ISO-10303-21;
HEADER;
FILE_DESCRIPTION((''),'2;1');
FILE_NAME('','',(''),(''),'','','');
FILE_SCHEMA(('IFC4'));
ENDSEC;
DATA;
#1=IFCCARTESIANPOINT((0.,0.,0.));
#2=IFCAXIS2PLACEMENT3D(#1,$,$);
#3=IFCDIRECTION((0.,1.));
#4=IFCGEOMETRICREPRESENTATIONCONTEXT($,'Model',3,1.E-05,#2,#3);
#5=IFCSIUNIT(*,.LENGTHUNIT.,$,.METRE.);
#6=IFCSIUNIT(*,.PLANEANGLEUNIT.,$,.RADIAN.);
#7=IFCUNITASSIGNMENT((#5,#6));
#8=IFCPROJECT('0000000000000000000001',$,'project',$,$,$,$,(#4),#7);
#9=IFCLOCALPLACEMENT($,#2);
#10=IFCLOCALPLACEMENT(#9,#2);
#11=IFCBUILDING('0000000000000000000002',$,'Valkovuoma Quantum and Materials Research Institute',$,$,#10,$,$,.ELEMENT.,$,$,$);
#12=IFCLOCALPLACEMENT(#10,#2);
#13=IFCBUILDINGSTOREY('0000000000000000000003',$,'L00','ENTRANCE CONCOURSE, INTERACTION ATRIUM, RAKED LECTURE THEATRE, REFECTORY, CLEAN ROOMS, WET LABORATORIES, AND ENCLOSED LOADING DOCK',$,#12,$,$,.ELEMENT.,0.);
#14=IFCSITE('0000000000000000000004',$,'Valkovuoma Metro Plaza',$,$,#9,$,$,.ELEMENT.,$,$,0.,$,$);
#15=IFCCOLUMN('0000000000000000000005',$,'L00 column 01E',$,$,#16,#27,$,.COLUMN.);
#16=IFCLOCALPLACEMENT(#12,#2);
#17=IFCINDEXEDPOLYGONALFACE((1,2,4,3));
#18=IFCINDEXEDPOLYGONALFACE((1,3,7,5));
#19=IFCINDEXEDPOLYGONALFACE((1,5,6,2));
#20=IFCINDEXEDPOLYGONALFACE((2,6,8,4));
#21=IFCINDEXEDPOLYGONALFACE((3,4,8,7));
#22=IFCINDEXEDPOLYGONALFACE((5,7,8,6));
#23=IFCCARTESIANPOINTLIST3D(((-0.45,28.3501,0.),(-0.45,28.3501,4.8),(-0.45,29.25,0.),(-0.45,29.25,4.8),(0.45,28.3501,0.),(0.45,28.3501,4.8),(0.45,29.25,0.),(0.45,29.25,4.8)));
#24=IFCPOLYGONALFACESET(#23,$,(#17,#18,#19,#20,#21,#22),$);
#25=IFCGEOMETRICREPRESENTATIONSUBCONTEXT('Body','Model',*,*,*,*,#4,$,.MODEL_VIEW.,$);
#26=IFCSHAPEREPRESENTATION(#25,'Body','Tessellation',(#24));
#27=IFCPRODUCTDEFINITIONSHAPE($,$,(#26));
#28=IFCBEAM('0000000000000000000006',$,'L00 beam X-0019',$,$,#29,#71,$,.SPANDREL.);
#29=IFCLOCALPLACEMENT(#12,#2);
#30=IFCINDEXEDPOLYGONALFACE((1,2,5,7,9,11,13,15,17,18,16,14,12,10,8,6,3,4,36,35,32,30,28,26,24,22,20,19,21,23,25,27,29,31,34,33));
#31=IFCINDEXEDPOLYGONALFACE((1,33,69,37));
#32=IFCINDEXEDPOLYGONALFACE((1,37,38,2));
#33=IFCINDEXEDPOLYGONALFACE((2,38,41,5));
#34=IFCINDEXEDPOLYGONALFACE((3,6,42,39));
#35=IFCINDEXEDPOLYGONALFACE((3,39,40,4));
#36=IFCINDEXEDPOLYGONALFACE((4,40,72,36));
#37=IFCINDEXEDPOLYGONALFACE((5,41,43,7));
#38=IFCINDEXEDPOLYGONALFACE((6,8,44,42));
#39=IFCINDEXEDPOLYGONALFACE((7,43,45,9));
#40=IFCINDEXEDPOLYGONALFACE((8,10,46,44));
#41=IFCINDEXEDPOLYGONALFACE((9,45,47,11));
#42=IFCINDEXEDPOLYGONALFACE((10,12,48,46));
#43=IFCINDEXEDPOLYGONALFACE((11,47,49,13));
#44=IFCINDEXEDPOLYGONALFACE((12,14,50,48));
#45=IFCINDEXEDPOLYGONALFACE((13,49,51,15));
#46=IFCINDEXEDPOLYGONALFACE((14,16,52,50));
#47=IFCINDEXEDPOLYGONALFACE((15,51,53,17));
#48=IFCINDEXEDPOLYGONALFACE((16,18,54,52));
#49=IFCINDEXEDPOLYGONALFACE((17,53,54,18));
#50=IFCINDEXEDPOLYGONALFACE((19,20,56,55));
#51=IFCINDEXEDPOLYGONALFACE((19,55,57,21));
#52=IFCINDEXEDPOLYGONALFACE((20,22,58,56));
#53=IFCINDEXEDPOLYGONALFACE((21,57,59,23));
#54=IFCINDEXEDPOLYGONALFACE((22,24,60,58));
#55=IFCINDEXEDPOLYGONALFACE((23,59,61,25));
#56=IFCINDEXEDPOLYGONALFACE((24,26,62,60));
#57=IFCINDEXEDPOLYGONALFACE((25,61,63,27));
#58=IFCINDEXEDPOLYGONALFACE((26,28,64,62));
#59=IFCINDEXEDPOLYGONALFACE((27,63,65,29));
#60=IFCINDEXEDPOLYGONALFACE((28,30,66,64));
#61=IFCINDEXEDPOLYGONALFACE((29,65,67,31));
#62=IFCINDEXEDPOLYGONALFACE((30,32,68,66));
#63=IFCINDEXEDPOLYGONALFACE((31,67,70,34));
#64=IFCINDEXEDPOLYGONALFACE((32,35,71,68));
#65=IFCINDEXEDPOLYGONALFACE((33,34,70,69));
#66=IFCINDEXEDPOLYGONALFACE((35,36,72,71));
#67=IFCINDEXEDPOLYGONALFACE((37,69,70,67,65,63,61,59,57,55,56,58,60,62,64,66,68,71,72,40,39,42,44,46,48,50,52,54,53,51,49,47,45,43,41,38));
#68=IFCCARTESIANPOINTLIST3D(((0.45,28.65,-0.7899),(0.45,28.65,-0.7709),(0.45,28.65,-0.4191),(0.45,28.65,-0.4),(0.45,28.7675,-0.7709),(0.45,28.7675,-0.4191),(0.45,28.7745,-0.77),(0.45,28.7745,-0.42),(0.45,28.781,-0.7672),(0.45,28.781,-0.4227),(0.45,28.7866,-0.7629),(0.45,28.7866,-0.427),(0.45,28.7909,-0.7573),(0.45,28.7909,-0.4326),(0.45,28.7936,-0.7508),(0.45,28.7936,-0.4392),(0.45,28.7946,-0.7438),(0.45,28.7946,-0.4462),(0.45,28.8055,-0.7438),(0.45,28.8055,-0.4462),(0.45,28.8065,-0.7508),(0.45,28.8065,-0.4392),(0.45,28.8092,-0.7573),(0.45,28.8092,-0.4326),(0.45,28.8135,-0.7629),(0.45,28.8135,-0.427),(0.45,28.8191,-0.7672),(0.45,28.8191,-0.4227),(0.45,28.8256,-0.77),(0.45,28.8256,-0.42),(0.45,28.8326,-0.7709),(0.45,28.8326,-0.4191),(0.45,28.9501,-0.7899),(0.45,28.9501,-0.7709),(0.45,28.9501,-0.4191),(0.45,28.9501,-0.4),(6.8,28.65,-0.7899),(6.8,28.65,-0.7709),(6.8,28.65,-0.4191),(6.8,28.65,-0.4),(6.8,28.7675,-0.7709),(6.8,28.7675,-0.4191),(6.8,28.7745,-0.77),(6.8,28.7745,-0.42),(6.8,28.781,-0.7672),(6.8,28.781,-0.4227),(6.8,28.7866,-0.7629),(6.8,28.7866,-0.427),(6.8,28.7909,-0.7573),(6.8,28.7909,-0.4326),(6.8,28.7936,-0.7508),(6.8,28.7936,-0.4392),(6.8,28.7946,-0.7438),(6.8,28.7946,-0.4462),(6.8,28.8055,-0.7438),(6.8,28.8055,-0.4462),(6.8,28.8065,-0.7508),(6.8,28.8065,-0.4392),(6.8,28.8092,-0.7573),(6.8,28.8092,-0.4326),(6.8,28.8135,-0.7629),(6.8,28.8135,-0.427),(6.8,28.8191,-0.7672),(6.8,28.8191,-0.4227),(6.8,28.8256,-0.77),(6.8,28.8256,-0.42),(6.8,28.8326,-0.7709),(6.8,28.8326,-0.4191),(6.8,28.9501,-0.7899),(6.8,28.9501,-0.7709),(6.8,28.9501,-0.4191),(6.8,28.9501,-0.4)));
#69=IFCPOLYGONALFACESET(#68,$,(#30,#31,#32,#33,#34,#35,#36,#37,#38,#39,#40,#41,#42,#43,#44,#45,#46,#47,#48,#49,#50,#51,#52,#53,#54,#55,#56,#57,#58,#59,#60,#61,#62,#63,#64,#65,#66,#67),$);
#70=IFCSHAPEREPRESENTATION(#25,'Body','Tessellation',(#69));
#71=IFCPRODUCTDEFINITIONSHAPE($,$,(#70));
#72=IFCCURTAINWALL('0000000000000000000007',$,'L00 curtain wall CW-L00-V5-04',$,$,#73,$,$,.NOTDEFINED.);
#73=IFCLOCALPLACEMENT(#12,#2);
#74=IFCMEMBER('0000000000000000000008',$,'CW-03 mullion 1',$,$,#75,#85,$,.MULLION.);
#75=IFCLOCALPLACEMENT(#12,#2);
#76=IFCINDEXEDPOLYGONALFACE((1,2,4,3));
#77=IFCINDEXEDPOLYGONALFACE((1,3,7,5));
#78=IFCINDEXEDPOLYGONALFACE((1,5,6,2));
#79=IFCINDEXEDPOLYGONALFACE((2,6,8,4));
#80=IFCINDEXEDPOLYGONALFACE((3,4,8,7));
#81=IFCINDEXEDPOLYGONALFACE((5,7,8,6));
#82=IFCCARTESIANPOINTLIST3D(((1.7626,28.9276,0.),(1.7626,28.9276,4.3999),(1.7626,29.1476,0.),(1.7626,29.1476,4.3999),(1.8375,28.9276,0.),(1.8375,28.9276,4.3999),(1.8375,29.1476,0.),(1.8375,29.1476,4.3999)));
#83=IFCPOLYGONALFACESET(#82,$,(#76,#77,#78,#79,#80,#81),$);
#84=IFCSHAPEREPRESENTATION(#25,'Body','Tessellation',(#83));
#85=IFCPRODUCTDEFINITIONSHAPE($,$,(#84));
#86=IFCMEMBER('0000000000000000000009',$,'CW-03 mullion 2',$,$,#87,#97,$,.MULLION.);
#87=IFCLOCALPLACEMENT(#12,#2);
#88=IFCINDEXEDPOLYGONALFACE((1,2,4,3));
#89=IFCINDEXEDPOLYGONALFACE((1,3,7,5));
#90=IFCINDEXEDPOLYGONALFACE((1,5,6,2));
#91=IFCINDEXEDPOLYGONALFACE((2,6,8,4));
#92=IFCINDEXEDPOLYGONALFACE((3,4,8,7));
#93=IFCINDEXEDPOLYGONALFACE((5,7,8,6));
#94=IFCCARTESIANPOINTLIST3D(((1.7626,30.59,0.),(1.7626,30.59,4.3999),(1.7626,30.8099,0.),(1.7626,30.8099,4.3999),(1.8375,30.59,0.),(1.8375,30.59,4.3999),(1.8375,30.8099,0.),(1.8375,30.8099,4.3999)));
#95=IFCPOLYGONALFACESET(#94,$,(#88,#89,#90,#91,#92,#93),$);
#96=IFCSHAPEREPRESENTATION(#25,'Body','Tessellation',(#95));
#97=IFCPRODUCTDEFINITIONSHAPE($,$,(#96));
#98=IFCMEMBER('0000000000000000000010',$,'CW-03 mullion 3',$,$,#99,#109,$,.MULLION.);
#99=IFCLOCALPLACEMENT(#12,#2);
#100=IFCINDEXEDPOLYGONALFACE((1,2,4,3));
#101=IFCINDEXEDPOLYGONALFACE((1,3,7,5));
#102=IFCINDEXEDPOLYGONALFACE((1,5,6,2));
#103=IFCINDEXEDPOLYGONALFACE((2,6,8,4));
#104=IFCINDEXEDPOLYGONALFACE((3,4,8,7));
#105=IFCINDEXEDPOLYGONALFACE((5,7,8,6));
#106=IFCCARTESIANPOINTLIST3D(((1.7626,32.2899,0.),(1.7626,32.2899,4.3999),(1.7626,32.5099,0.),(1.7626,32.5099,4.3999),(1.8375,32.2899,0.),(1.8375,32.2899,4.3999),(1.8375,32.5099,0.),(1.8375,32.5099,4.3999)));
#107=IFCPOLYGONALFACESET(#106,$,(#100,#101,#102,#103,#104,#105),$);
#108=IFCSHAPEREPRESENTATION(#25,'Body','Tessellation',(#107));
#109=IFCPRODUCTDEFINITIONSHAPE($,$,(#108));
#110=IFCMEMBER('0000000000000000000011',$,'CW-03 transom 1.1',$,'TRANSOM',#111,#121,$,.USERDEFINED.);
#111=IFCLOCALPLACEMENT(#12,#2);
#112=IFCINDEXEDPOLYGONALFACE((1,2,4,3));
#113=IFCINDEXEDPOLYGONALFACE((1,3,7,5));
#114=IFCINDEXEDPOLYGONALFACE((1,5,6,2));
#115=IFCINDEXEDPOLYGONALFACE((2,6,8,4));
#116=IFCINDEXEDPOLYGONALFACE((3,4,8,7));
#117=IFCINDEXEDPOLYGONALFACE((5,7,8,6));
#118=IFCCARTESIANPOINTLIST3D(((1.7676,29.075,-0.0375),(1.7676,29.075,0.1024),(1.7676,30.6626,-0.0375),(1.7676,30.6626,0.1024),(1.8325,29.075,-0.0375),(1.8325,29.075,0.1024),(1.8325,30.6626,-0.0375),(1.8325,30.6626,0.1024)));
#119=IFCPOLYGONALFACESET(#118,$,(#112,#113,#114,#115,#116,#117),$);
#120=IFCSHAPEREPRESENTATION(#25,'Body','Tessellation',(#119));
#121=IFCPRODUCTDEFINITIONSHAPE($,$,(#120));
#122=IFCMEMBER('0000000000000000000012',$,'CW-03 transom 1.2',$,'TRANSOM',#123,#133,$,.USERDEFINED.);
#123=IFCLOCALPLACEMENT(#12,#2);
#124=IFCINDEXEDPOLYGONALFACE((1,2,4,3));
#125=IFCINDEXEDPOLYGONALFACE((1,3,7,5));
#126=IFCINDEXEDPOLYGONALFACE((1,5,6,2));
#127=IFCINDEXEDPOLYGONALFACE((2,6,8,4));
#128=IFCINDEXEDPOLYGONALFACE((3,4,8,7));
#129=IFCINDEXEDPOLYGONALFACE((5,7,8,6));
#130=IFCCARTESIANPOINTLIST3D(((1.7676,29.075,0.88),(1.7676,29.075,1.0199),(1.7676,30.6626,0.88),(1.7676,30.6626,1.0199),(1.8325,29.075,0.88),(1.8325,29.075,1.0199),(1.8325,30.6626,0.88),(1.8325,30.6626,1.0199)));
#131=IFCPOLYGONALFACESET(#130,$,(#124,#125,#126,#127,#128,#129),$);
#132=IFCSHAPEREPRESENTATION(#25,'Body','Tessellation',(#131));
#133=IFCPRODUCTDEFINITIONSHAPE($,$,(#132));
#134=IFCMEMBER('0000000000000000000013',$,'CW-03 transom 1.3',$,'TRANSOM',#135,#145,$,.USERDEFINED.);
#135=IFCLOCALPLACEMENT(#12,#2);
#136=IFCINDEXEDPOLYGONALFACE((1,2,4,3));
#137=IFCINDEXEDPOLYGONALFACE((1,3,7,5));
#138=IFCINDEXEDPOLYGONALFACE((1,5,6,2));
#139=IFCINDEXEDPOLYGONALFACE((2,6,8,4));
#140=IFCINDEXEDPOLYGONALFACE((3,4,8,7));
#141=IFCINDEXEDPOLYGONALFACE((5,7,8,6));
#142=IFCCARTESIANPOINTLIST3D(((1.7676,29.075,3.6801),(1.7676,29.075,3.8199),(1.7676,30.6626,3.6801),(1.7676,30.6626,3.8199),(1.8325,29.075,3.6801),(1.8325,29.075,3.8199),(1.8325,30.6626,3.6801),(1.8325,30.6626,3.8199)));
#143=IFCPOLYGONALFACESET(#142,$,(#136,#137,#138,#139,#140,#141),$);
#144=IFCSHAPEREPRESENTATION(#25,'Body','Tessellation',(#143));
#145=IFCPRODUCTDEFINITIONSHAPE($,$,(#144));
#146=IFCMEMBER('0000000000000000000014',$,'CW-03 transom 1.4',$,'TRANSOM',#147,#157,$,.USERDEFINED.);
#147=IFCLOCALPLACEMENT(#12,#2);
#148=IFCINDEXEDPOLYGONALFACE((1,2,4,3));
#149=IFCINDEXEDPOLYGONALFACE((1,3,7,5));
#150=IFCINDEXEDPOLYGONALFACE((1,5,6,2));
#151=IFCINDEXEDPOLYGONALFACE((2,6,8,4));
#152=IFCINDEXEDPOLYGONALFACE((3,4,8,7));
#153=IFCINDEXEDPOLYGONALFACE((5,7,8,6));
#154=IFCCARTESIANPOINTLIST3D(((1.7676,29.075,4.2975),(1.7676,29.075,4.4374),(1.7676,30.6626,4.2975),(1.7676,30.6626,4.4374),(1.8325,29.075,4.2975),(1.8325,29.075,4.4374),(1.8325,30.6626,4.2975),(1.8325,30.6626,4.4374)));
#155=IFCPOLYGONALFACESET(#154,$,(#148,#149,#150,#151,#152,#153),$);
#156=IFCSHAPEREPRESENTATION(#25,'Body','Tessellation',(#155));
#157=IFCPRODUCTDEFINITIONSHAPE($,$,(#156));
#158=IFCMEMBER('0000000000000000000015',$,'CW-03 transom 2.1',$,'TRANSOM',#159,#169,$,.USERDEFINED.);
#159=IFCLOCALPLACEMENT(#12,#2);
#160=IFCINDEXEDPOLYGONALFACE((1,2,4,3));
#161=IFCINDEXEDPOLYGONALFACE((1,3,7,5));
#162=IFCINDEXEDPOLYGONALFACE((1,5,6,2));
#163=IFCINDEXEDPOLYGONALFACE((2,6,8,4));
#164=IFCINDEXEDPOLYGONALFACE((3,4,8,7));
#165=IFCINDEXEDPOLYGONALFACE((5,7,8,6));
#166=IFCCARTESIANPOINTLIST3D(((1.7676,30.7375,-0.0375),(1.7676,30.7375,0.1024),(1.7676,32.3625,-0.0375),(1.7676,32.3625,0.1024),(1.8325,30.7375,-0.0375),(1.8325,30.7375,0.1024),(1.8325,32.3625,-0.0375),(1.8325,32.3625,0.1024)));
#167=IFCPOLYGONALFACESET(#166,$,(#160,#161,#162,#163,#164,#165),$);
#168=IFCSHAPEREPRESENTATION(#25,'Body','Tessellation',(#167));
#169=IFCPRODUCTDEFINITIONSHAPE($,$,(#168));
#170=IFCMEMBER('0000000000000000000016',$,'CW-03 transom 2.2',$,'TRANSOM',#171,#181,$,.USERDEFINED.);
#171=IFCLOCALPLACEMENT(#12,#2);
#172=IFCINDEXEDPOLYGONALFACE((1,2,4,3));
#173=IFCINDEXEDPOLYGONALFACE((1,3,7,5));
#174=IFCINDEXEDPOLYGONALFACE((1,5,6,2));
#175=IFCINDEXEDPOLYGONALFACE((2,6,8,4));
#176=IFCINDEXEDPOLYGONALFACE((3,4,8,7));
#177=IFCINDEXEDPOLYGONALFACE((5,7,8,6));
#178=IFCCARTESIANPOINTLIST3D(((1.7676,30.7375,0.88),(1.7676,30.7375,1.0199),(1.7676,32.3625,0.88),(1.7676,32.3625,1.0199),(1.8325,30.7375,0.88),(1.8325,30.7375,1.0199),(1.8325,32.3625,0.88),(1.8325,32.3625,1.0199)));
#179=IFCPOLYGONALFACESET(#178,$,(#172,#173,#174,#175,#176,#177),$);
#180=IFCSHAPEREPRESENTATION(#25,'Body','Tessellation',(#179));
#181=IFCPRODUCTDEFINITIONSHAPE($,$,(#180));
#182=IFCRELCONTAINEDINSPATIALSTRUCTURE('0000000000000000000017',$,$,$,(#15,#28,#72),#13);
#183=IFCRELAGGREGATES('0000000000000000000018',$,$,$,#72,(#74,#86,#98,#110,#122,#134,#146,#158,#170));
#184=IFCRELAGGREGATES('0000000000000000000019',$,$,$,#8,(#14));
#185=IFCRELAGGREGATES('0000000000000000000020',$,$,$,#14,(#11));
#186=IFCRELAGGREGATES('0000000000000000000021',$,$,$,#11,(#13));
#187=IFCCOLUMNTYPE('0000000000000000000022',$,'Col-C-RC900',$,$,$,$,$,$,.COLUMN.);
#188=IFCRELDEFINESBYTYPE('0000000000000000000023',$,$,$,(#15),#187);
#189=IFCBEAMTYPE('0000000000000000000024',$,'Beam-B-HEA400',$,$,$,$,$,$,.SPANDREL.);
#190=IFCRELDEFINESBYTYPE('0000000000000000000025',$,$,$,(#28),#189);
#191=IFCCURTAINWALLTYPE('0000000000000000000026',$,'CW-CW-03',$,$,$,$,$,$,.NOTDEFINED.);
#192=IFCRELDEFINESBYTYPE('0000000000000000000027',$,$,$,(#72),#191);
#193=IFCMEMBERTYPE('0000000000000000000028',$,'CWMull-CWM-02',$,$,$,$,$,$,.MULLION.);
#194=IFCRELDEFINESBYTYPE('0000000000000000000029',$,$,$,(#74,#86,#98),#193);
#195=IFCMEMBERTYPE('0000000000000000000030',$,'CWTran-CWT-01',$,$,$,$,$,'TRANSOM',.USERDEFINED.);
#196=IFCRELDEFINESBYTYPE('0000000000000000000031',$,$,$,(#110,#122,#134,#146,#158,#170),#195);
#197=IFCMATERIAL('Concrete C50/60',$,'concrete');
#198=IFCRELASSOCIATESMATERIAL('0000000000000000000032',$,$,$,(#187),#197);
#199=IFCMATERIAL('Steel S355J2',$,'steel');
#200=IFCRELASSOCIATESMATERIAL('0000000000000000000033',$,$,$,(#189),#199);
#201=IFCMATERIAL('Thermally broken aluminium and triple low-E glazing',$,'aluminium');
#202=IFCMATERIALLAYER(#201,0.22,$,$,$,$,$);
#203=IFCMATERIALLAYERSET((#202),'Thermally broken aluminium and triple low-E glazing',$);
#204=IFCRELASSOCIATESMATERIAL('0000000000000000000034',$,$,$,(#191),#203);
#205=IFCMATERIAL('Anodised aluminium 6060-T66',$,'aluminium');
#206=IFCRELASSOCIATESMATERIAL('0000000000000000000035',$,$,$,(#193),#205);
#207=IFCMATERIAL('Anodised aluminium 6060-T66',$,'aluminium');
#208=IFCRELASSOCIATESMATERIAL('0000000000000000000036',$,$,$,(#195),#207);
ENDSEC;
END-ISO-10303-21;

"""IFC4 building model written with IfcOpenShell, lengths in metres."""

from ifc_helpers import new_model, si_unit, direction, frame, origin, origin_2d, place, context, subcontext, project, spatial, rectangle, i_section, extrude, material, layer, layer_set, material_profile, profile_set, type_object, element, aggregate, save


model = new_model("IFC4")

# Units and contexts
model_context = context("Model", 3, precision=1e-05, world=origin(), true_north=direction((0.0, 1.0)))
body_context = subcontext(model_context, "Body", "Model", "MODEL_VIEW")
ifc_project = project(units=[si_unit("LENGTHUNIT", "METRE"), si_unit("PLANEANGLEUNIT", "RADIAN")], contexts=[model_context])

# Site, building, storey
site_placement = place(None, origin())
site = spatial("IfcSite", under=ifc_project, at=site_placement, Name="Valkovuoma Metro Plaza", CompositionType="ELEMENT", RefElevation=0.0)
building_placement = place(site_placement, origin())
building = spatial("IfcBuilding", under=site, at=building_placement, Name="Valkovuoma Quantum and Materials Research Institute", CompositionType="ELEMENT")
storey_placement = place(building_placement, origin())
storey = spatial("IfcBuildingStorey", under=building, at=storey_placement, Name="L00", Description="ENTRANCE CONCOURSE, INTERACTION ATRIUM, RAKED LECTURE THEATRE, REFECTORY, CLEAN ROOMS, WET LABORATORIES, AND ENCLOSED LOADING DOCK", CompositionType="ELEMENT", Elevation=0.0)

# Column
ifc_material_1 = material(Name="Concrete C50/60", Category="concrete")
ifc_material_profile_1 = material_profile(ifc_material_1, rectangle(XDim=0.8999, YDim=0.8999, at=origin_2d()), Name="Concrete C50/60")
ifc_profile_set_1 = profile_set([ifc_material_profile_1], Name="Concrete C50/60")
column_type = type_object("IfcColumnType", Name="Col-C-RC900", PredefinedType="COLUMN", material=ifc_profile_set_1)
column_placement = place(storey_placement, frame((0.0, 28.8, 0.0), z_axis=(0.0, 0.0, 1.0), x_axis=(1.0, 0.0, 0.0)))
element("IfcColumn", 1, at=column_placement, inside=storey, type_object=column_type, Name="L00 column 01E", PredefinedType="COLUMN", context=body_context, shape_type="SweptSolid", body=[
    extrude(rectangle(XDim=0.8999, YDim=0.8999, at=origin_2d()), origin(), (0.0, 0.0, 1.0), 4.8),
])

# Beam
ifc_material_2 = material(Name="Steel S355J2", Category="steel")
ifc_material_profile_2 = material_profile(ifc_material_2, i_section(OverallWidth=0.3, OverallDepth=0.3899, WebThickness=0.011, FlangeThickness=0.019, FilletRadius=0.0271, at=origin_2d()), Name="Steel S355J2")
ifc_profile_set_2 = profile_set([ifc_material_profile_2], Name="Steel S355J2")
beam_type = type_object("IfcBeamType", Name="Beam-B-HEA400", PredefinedType="SPANDREL", material=ifc_profile_set_2)
beam_placement = place(storey_placement, frame((0.45, 28.8, -0.595), z_axis=(1.0, 0.0, 0.0), x_axis=(0.0, 1.0, 0.0)))
element("IfcBeam", 2, at=beam_placement, inside=storey, type_object=beam_type, Name="L00 beam X-0019", PredefinedType="SPANDREL", context=body_context, shape_type="SweptSolid", body=[
    extrude(i_section(OverallWidth=0.3, OverallDepth=0.3899, WebThickness=0.011, FlangeThickness=0.019, FilletRadius=0.0271, at=origin_2d()), origin(), (0.0, 0.0, 1.0), 6.3501),
])

# Curtain wall, members
ifc_material_3 = material(Name="Thermally broken aluminium and triple low-E glazing", Category="aluminium")
ifc_layer_1 = layer(ifc_material_3, 0.22)
ifc_layer_set_1 = layer_set([ifc_layer_1], Name="Thermally broken aluminium and triple low-E glazing")
curtain_wall_type = type_object("IfcCurtainWallType", Name="CW-CW-03", PredefinedType="NOTDEFINED", material=ifc_layer_set_1)
curtain_wall_placement = place(storey_placement, origin())
curtain_wall = element("IfcCurtainWall", 3, at=curtain_wall_placement, inside=storey, type_object=curtain_wall_type, Name="L00 curtain wall CW-L00-V5-04", PredefinedType="NOTDEFINED")
ifc_material_4 = material(Name="Anodised aluminium 6060-T66", Category="aluminium")
ifc_material_profile_3 = material_profile(ifc_material_4, rectangle(XDim=0.075, YDim=0.22, at=origin_2d()), Name="Anodised aluminium 6060-T66")
ifc_profile_set_3 = profile_set([ifc_material_profile_3], Name="Anodised aluminium 6060-T66")
member_type_1 = type_object("IfcMemberType", Name="CWMull-CWM-02", PredefinedType="MULLION", material=ifc_profile_set_3)
member_1_placement = place(storey_placement, frame((1.8, 29.0376, 0.0), z_axis=(0.0, 0.0, 1.0), x_axis=(-1.0, 0.0, 0.0)))
member_1 = element("IfcMember", 4, at=member_1_placement, type_object=member_type_1, Name="CW-03 mullion 1", PredefinedType="MULLION", context=body_context, shape_type="SweptSolid", body=[
    extrude(rectangle(XDim=0.075, YDim=0.22, at=origin_2d()), origin(), (0.0, 0.0, 1.0), 4.3999),
])
member_2_placement = place(storey_placement, frame((1.8, 30.7, 0.0), z_axis=(0.0, 0.0, 1.0), x_axis=(-1.0, 0.0, 0.0)))
member_2 = element("IfcMember", 5, at=member_2_placement, type_object=member_type_1, Name="CW-03 mullion 2", PredefinedType="MULLION", context=body_context, shape_type="SweptSolid", body=[
    extrude(rectangle(XDim=0.075, YDim=0.22, at=origin_2d()), origin(), (0.0, 0.0, 1.0), 4.3999),
])
member_3_placement = place(storey_placement, frame((1.8, 32.3999, 0.0), z_axis=(0.0, 0.0, 1.0), x_axis=(-1.0, 0.0, 0.0)))
member_3 = element("IfcMember", 6, at=member_3_placement, type_object=member_type_1, Name="CW-03 mullion 3", PredefinedType="MULLION", context=body_context, shape_type="SweptSolid", body=[
    extrude(rectangle(XDim=0.075, YDim=0.22, at=origin_2d()), origin(), (0.0, 0.0, 1.0), 4.3999),
])
ifc_material_5 = material(Name="Anodised aluminium 6060-T66", Category="aluminium")
ifc_material_profile_4 = material_profile(ifc_material_5, rectangle(XDim=0.0649, YDim=0.1399, at=origin_2d()), Name="Anodised aluminium 6060-T66")
ifc_profile_set_4 = profile_set([ifc_material_profile_4], Name="Anodised aluminium 6060-T66")
member_type_2 = type_object("IfcMemberType", Name="CWTran-CWT-01", ElementType="TRANSOM", PredefinedType="USERDEFINED", material=ifc_profile_set_4)
member_4_placement = place(storey_placement, frame((1.8, 29.075, 0.0325), z_axis=(0.0, 1.0, 0.0), x_axis=(-1.0, 0.0, 0.0)))
member_4 = element("IfcMember", 7, at=member_4_placement, type_object=member_type_2, Name="CW-03 transom 1.1", ObjectType="TRANSOM", PredefinedType="USERDEFINED", context=body_context, shape_type="SweptSolid", body=[
    extrude(rectangle(XDim=0.0649, YDim=0.1399, at=origin_2d()), origin(), (0.0, 0.0, 1.0), 1.5876),
])
member_5_placement = place(storey_placement, frame((1.8, 29.075, 0.95), z_axis=(0.0, 1.0, 0.0), x_axis=(-1.0, 0.0, 0.0)))
member_5 = element("IfcMember", 8, at=member_5_placement, type_object=member_type_2, Name="CW-03 transom 1.2", ObjectType="TRANSOM", PredefinedType="USERDEFINED", context=body_context, shape_type="SweptSolid", body=[
    extrude(rectangle(XDim=0.0649, YDim=0.1399, at=origin_2d()), origin(), (0.0, 0.0, 1.0), 1.5876),
])
member_6_placement = place(storey_placement, frame((1.8, 29.075, 3.75), z_axis=(0.0, 1.0, 0.0), x_axis=(-1.0, 0.0, 0.0)))
member_6 = element("IfcMember", 9, at=member_6_placement, type_object=member_type_2, Name="CW-03 transom 1.3", ObjectType="TRANSOM", PredefinedType="USERDEFINED", context=body_context, shape_type="SweptSolid", body=[
    extrude(rectangle(XDim=0.0649, YDim=0.1399, at=origin_2d()), origin(), (0.0, 0.0, 1.0), 1.5876),
])
member_7_placement = place(storey_placement, frame((1.8, 29.075, 4.3674), z_axis=(0.0, 1.0, 0.0), x_axis=(-1.0, 0.0, 0.0)))
member_7 = element("IfcMember", 10, at=member_7_placement, type_object=member_type_2, Name="CW-03 transom 1.4", ObjectType="TRANSOM", PredefinedType="USERDEFINED", context=body_context, shape_type="SweptSolid", body=[
    extrude(rectangle(XDim=0.0649, YDim=0.1399, at=origin_2d()), origin(), (0.0, 0.0, 1.0), 1.5876),
])
member_8_placement = place(storey_placement, frame((1.8, 30.7375, 0.0325), z_axis=(0.0, 1.0, 0.0), x_axis=(-1.0, 0.0, 0.0)))
member_8 = element("IfcMember", 11, at=member_8_placement, type_object=member_type_2, Name="CW-03 transom 2.1", ObjectType="TRANSOM", PredefinedType="USERDEFINED", context=body_context, shape_type="SweptSolid", body=[
    extrude(rectangle(XDim=0.0649, YDim=0.1399, at=origin_2d()), origin(), (0.0, 0.0, 1.0), 1.625),
])
member_9_placement = place(storey_placement, frame((1.8, 30.7375, 0.95), z_axis=(0.0, 1.0, 0.0), x_axis=(-1.0, 0.0, 0.0)))
member_9 = element("IfcMember", 12, at=member_9_placement, type_object=member_type_2, Name="CW-03 transom 2.2", ObjectType="TRANSOM", PredefinedType="USERDEFINED", context=body_context, shape_type="SweptSolid", body=[
    extrude(rectangle(XDim=0.0649, YDim=0.1399, at=origin_2d()), origin(), (0.0, 0.0, 1.0), 1.625),
])

aggregate(curtain_wall, [member_1, member_2, member_3, member_4, member_5, member_6, member_7, member_8, member_9])

save(model, "model.ifc")
